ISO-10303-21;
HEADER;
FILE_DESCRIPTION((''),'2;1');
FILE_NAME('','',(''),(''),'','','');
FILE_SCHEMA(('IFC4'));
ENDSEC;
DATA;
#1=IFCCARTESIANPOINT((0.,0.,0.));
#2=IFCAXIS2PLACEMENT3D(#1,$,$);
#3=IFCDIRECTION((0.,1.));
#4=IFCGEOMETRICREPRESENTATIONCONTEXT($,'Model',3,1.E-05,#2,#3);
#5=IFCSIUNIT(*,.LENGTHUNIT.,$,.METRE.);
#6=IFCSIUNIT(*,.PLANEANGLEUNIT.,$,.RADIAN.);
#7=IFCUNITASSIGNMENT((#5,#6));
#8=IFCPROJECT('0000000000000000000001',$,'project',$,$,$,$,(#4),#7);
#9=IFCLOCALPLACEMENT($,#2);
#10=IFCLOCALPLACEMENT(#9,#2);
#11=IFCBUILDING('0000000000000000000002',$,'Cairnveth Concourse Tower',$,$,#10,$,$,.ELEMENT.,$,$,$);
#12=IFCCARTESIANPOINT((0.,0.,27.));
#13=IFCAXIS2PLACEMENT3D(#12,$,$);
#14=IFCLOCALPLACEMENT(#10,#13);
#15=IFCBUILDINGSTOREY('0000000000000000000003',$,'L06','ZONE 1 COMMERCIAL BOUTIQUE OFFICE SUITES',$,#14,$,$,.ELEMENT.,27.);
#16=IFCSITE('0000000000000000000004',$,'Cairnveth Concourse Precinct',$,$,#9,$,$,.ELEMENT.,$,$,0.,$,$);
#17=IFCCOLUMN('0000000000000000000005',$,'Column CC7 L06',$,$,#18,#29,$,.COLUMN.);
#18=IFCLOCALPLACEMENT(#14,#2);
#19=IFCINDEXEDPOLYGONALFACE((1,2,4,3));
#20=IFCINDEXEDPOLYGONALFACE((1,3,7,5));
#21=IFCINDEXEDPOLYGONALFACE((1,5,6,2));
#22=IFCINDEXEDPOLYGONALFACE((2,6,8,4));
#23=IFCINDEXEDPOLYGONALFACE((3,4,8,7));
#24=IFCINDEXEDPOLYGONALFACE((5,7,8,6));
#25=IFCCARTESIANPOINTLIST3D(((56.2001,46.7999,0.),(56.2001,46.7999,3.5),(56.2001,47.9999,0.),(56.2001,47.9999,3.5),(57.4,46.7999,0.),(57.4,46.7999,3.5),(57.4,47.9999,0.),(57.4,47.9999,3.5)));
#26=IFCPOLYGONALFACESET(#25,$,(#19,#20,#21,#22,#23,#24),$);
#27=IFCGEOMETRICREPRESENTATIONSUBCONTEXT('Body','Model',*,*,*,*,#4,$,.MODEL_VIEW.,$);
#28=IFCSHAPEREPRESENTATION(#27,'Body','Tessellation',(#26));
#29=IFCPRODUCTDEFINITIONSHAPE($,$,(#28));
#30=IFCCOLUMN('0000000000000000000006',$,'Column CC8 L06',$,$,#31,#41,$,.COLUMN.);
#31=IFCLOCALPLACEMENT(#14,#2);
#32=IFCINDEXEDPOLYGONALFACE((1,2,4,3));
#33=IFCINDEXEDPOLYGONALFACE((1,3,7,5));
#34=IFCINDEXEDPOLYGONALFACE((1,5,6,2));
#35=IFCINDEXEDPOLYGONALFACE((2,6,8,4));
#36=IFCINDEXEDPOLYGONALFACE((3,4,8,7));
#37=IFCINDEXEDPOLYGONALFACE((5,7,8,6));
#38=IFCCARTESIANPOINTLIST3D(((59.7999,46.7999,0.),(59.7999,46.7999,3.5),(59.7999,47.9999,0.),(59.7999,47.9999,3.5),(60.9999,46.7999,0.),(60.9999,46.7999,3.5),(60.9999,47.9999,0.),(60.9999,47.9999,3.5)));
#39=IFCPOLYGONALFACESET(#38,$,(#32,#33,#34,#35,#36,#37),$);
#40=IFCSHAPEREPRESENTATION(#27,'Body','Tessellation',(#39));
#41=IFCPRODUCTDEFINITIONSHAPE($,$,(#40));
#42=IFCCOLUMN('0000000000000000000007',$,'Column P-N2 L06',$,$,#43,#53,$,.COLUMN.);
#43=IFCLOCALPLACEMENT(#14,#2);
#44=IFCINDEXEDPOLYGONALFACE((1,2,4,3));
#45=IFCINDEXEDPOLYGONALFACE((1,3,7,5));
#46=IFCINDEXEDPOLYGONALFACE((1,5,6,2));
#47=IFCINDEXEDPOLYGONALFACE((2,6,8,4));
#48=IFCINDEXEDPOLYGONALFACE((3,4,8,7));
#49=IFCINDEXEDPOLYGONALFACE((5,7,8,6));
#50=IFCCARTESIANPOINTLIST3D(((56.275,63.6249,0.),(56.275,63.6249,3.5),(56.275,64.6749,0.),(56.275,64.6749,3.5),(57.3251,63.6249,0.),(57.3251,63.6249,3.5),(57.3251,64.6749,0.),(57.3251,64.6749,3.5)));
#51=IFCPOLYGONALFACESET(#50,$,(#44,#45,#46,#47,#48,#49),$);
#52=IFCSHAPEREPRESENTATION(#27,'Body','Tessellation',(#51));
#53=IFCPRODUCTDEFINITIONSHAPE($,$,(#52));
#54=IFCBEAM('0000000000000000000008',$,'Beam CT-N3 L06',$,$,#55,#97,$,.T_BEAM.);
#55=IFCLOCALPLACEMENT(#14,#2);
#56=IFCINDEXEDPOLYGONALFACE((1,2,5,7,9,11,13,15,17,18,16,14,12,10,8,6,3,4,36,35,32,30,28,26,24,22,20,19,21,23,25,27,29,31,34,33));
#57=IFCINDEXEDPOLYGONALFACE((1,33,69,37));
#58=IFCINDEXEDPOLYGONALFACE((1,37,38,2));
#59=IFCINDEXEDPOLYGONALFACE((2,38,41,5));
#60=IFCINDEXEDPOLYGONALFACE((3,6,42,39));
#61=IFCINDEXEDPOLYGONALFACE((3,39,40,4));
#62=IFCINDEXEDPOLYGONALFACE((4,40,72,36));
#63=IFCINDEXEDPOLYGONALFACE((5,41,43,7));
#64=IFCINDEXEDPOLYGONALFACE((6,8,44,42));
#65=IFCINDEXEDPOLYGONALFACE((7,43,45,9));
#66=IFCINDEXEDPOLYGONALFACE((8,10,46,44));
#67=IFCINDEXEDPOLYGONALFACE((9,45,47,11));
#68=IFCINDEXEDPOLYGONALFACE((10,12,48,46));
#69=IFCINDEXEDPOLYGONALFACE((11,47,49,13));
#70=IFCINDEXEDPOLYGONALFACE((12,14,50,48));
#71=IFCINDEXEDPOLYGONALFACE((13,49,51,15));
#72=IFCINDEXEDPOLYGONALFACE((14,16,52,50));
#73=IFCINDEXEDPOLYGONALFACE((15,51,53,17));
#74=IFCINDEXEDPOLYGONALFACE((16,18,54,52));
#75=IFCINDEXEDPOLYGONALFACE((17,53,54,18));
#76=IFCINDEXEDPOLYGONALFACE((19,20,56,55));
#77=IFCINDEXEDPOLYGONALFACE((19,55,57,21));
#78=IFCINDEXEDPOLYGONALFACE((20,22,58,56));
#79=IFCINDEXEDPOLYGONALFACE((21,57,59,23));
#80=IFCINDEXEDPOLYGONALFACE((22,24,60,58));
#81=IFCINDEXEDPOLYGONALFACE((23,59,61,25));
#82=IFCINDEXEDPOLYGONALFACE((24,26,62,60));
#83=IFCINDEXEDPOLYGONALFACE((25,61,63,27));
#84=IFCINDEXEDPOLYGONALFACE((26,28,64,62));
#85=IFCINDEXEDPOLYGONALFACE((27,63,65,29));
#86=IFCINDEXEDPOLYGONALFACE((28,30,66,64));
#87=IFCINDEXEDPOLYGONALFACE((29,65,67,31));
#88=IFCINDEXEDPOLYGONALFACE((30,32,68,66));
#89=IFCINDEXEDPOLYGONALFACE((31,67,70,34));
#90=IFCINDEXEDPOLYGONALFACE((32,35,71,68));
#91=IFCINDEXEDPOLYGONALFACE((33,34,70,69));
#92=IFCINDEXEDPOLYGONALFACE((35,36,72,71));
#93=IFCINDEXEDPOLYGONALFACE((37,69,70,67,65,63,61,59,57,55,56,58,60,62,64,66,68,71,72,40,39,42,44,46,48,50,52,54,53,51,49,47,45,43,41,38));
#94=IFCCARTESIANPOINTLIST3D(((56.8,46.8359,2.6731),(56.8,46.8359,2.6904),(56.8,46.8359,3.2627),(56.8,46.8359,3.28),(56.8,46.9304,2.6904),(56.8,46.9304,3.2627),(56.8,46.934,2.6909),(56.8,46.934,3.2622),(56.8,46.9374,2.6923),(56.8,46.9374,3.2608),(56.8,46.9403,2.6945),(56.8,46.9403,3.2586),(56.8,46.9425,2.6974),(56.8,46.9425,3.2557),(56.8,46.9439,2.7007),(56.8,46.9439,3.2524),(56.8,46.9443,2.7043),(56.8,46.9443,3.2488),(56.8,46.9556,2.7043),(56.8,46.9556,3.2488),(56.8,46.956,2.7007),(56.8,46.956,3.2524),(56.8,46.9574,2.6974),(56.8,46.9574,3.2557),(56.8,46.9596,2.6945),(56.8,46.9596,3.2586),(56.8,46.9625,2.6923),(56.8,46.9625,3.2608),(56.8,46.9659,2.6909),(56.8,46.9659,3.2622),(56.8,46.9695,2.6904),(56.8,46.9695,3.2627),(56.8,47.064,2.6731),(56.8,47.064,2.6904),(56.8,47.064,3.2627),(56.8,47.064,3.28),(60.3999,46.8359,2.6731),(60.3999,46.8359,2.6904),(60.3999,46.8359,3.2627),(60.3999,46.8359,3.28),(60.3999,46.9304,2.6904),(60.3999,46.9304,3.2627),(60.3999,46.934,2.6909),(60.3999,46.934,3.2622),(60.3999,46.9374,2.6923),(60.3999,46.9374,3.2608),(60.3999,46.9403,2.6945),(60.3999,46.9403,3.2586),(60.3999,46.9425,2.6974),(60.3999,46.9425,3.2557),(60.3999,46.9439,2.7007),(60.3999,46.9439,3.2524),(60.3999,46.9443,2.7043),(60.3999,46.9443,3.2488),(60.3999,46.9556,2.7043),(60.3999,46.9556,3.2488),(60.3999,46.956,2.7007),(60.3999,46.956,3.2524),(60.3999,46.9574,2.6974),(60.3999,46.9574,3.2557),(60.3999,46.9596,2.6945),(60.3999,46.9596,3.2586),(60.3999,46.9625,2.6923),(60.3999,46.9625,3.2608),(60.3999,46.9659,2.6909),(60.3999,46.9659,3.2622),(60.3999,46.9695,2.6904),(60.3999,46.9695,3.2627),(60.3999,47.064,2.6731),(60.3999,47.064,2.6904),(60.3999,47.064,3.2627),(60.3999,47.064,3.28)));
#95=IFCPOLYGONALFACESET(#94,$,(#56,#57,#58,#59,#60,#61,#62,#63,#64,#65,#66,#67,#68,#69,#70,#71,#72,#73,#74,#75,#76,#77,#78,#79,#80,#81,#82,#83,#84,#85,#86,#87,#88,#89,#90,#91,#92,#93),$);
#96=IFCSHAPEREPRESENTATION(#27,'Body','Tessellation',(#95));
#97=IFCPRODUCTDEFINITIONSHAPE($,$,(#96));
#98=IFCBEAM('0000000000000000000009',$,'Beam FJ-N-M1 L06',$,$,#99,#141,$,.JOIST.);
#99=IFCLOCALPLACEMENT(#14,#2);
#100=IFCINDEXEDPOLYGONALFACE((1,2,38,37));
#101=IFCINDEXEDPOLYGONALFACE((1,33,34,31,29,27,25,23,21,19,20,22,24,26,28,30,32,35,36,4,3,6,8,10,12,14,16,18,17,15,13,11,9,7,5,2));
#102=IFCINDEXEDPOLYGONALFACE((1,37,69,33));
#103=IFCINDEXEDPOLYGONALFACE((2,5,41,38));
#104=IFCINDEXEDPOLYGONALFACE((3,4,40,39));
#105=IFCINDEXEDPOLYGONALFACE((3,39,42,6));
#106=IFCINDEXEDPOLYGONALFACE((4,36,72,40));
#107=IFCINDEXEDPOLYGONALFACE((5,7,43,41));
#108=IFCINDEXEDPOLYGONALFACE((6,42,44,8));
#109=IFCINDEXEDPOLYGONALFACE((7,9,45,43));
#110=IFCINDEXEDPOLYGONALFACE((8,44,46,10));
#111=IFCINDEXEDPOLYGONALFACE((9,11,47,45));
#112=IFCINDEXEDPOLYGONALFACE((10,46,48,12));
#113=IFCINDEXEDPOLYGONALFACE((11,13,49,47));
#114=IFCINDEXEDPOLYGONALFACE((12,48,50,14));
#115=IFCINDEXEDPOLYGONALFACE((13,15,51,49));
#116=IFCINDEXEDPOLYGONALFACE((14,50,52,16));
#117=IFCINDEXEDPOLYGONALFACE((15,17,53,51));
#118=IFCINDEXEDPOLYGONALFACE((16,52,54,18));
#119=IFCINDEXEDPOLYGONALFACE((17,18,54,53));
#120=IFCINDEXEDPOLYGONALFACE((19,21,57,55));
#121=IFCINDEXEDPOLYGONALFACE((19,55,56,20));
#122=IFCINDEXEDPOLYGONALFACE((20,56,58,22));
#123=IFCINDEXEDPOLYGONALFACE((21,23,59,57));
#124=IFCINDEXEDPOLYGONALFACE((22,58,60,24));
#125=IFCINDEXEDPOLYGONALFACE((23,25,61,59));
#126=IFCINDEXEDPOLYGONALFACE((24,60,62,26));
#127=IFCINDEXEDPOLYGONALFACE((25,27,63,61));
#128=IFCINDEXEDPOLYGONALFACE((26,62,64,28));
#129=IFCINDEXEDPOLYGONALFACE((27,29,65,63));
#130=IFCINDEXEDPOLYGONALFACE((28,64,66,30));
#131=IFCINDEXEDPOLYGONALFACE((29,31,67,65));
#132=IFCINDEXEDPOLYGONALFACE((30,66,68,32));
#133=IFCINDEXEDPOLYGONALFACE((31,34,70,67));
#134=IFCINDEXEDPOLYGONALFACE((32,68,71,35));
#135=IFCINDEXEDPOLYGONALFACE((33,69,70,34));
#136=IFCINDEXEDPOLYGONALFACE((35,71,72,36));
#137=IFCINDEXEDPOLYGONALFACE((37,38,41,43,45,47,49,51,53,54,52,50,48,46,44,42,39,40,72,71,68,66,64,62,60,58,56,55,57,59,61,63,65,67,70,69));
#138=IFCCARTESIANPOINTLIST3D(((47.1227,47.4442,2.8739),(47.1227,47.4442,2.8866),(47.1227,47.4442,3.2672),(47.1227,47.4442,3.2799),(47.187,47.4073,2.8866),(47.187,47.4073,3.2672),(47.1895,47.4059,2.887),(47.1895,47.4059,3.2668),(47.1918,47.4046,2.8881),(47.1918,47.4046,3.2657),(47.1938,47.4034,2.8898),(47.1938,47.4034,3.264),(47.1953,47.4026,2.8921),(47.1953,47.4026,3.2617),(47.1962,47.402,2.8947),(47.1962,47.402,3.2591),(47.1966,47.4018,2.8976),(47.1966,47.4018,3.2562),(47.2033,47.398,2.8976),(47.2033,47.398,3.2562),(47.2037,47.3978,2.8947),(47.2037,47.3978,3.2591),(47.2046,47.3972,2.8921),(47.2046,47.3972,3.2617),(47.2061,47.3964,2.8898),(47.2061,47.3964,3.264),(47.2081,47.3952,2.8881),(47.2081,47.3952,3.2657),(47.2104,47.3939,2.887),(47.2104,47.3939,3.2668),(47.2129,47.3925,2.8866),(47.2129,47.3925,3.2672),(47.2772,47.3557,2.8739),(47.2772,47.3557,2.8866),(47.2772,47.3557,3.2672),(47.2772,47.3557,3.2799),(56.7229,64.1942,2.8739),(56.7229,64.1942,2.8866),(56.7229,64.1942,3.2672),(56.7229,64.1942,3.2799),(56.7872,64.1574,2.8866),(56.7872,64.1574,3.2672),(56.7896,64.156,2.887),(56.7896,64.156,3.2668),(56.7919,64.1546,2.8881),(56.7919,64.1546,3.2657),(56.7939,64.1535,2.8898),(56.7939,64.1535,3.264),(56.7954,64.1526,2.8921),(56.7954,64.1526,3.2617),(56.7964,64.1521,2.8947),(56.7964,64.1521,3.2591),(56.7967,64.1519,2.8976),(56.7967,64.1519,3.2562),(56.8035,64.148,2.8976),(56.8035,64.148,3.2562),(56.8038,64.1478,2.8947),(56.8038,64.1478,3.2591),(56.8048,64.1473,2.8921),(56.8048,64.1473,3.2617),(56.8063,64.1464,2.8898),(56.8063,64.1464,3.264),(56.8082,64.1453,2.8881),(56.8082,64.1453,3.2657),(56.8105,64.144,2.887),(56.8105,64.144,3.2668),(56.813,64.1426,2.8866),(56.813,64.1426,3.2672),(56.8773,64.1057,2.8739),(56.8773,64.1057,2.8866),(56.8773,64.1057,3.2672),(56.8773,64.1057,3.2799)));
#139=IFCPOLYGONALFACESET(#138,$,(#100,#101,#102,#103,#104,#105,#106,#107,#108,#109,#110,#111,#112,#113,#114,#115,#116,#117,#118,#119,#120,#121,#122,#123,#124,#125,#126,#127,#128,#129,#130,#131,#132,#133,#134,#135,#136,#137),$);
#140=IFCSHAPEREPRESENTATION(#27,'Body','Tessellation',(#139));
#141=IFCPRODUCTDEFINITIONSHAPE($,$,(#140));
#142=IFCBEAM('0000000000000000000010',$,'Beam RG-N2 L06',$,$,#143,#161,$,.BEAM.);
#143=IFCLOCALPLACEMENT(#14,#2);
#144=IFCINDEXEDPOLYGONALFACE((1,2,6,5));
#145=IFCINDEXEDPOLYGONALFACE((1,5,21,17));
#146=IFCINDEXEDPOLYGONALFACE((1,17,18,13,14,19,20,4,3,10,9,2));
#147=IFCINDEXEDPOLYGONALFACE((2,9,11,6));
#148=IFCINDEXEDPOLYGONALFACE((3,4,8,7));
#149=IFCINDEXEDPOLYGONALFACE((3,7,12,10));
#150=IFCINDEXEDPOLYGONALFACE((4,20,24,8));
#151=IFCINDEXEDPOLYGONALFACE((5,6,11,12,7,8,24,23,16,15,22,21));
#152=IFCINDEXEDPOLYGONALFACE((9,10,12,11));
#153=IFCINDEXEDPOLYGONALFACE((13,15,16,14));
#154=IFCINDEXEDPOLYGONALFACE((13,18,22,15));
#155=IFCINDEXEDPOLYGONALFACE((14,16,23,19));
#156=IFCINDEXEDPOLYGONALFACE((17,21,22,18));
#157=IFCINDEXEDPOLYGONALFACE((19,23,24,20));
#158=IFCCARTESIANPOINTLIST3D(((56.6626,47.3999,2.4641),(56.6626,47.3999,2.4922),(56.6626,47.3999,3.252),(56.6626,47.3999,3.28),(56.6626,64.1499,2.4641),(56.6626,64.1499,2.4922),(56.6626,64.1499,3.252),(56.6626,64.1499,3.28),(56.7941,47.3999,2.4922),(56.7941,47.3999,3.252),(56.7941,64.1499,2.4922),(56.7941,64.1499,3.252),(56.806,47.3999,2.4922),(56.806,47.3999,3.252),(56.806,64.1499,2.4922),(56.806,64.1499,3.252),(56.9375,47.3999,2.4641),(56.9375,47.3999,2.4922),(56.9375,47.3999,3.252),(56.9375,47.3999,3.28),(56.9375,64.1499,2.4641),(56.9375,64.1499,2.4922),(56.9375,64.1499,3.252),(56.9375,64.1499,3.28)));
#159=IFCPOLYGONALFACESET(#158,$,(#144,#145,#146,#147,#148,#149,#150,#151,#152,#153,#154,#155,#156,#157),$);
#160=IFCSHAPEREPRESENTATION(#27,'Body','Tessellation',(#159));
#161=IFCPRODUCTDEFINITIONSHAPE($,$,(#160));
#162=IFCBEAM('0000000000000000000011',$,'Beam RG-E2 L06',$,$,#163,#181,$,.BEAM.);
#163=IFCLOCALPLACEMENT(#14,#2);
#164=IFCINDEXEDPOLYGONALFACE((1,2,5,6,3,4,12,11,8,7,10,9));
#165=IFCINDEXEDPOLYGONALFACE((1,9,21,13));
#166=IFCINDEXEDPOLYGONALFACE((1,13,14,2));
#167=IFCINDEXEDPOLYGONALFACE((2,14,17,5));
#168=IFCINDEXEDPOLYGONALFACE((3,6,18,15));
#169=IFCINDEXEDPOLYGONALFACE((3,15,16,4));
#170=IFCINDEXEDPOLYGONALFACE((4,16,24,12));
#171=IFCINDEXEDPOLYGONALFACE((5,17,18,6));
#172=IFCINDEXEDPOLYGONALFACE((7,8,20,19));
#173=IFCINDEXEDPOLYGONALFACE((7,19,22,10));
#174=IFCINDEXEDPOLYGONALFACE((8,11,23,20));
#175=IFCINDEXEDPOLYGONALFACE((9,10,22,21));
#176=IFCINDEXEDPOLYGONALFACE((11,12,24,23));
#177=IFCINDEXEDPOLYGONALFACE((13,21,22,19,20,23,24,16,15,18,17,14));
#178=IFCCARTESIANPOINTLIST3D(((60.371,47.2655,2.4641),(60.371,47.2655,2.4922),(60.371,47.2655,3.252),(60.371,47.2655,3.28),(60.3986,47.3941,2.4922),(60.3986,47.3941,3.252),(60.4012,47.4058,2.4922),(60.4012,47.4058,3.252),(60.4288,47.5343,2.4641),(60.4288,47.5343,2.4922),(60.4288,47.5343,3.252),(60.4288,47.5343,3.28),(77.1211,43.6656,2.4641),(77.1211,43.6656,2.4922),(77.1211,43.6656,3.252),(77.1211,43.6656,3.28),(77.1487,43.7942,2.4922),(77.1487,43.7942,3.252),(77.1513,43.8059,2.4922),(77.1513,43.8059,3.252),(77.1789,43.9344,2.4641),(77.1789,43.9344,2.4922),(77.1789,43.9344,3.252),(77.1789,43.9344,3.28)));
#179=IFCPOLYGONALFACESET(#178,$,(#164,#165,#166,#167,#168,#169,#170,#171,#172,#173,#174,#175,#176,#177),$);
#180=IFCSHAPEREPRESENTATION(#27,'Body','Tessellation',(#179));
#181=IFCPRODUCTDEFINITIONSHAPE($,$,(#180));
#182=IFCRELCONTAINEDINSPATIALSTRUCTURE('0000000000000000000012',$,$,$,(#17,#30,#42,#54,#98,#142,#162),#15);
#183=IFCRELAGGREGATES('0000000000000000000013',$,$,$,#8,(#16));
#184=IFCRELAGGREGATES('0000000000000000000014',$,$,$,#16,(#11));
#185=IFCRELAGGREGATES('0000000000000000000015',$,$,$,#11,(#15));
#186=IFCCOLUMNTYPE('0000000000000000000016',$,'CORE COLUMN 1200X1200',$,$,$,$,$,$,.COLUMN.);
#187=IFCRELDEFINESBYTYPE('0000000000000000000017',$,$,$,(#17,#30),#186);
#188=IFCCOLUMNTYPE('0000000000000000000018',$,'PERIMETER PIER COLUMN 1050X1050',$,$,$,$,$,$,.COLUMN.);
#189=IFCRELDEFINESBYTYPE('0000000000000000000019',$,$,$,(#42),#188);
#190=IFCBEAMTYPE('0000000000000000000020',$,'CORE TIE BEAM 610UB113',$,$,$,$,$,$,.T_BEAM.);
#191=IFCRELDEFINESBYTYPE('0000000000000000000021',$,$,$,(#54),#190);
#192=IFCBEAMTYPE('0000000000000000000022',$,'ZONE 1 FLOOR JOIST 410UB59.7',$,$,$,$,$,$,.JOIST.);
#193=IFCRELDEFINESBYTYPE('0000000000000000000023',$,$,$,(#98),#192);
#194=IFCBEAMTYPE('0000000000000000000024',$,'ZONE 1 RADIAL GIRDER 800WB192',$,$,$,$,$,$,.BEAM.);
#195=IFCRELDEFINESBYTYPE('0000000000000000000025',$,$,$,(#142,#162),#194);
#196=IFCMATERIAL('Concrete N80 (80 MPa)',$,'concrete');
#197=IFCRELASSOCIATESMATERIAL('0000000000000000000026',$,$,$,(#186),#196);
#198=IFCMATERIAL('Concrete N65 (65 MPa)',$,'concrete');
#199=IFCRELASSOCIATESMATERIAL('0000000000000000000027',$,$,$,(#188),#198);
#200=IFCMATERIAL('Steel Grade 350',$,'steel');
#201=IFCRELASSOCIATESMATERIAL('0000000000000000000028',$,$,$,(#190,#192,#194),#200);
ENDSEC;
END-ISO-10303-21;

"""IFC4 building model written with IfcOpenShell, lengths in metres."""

from ifc_helpers import new_model, si_unit, direction, frame, origin, origin_2d, place, context, subcontext, project, spatial, rectangle, i_section, extrude, material, material_profile, profile_set, type_object, element, save


model = new_model("IFC4")

# Units and contexts
model_context = context("Model", 3, precision=1e-05, world=origin(), true_north=direction((0.0, 1.0)))
body_context = subcontext(model_context, "Body", "Model", "MODEL_VIEW")
ifc_project = project(units=[si_unit("LENGTHUNIT", "METRE"), si_unit("PLANEANGLEUNIT", "RADIAN")], contexts=[model_context])

# Site, building, storey
site_placement = place(None, origin())
site = spatial("IfcSite", under=ifc_project, at=site_placement, Name="Cairnveth Concourse Precinct", CompositionType="ELEMENT", RefElevation=0.0)
building_placement = place(site_placement, origin())
building = spatial("IfcBuilding", under=site, at=building_placement, Name="Cairnveth Concourse Tower", CompositionType="ELEMENT")
storey_placement = place(building_placement, frame((0.0, 0.0, 27.0)))
storey = spatial("IfcBuildingStorey", under=building, at=storey_placement, Name="L06", Description="ZONE 1 COMMERCIAL BOUTIQUE OFFICE SUITES", CompositionType="ELEMENT", Elevation=27.0)

# Columns
ifc_material_1 = material(Name="Concrete N80 (80 MPa)", Category="concrete")
ifc_material_profile_1 = material_profile(ifc_material_1, rectangle(XDim=1.2, YDim=1.2, at=origin_2d()), Name="RC-COL-1200x1200")
ifc_profile_set_1 = profile_set([ifc_material_profile_1], Name="Concrete N80 (80 MPa)")
column_type_1 = type_object("IfcColumnType", Name="CORE COLUMN 1200X1200", PredefinedType="COLUMN", material=ifc_profile_set_1)
for number, where, z_axis, x_axis, name in (
    (1, (56.8, 47.3999, 0.0), (0.0, 0.0, 1.0), (1.0, 0.0, 0.0), "Column CC7 L06"),
    (2, (60.3999, 47.3999, 0.0), (0.0, 0.0, 1.0), (1.0, 0.0, 0.0), "Column CC8 L06"),
):
    element("IfcColumn", number, at=place(storey_placement, frame(where, z_axis=z_axis, x_axis=x_axis)), inside=storey, type_object=column_type_1, Name=name, PredefinedType="COLUMN", context=body_context, shape_type="SweptSolid", body=[
        extrude(rectangle(XDim=1.2, YDim=1.2, at=origin_2d()), origin(), (0.0, 0.0, 1.0), 3.5),
    ])
ifc_material_2 = material(Name="Concrete N65 (65 MPa)", Category="concrete")
ifc_material_profile_2 = material_profile(ifc_material_2, rectangle(XDim=1.05, YDim=1.05, at=origin_2d()), Name="RC-COL-1050x1050")
ifc_profile_set_2 = profile_set([ifc_material_profile_2], Name="Concrete N65 (65 MPa)")
column_type_2 = type_object("IfcColumnType", Name="PERIMETER PIER COLUMN 1050X1050", PredefinedType="COLUMN", material=ifc_profile_set_2)
column_placement = place(storey_placement, frame((56.8, 64.1499, 0.0), z_axis=(0.0, 0.0, 1.0), x_axis=(1.0, 0.0, 0.0)))
element("IfcColumn", 3, at=column_placement, inside=storey, type_object=column_type_2, Name="Column P-N2 L06", PredefinedType="COLUMN", context=body_context, shape_type="SweptSolid", body=[
    extrude(rectangle(XDim=1.05, YDim=1.05, at=origin_2d()), origin(), (0.0, 0.0, 1.0), 3.5),
])

# Beams
ifc_material_3 = material(Name="Steel Grade 350", Category="steel")
ifc_material_profile_3 = material_profile(ifc_material_3, i_section(OverallWidth=0.228, OverallDepth=0.6069, WebThickness=0.0112, FlangeThickness=0.0173, FilletRadius=0.0139, at=origin_2d()), Name="610UB113")
ifc_profile_set_3 = profile_set([ifc_material_profile_3], Name="Steel Grade 350")
beam_type_1 = type_object("IfcBeamType", Name="CORE TIE BEAM 610UB113", PredefinedType="T_BEAM", material=ifc_profile_set_3)
beam_1_placement = place(storey_placement, frame((56.8, 46.95, 2.9766), z_axis=(1.0, 0.0, 0.0), x_axis=(0.0, 1.0, 0.0)))
element("IfcBeam", 4, at=beam_1_placement, inside=storey, type_object=beam_type_1, Name="Beam CT-N3 L06", PredefinedType="T_BEAM", context=body_context, shape_type="SweptSolid", body=[
    extrude(i_section(OverallWidth=0.228, OverallDepth=0.6069, WebThickness=0.0112, FlangeThickness=0.0173, FilletRadius=0.0139, at=origin_2d()), origin(), (0.0, 0.0, 1.0), 3.5999),
])
ifc_material_profile_4 = material_profile(ifc_material_3, i_section(OverallWidth=0.178, OverallDepth=0.406, WebThickness=0.0078, FlangeThickness=0.0127, FilletRadius=0.011, at=origin_2d()), Name="410UB59.7")
ifc_profile_set_4 = profile_set([ifc_material_profile_4], Name="Steel Grade 350")
beam_type_2 = type_object("IfcBeamType", Name="ZONE 1 FLOOR JOIST 410UB59.7", PredefinedType="JOIST", material=ifc_profile_set_4)
beam_2_placement = place(storey_placement, frame((47.2, 47.3999, 3.0769), z_axis=(0.497258, 0.867603, 0.0), x_axis=(-0.867603, 0.497258, 0.0)))
element("IfcBeam", 5, at=beam_2_placement, inside=storey, type_object=beam_type_2, Name="Beam FJ-N-M1 L06", PredefinedType="JOIST", context=body_context, shape_type="SweptSolid", body=[
    extrude(i_section(OverallWidth=0.178, OverallDepth=0.406, WebThickness=0.0078, FlangeThickness=0.0127, FilletRadius=0.011, at=origin_2d()), origin(), (0.0, 0.0, 1.0), 19.3062),
])
ifc_material_profile_5 = material_profile(ifc_material_3, i_section(OverallWidth=0.2749, OverallDepth=0.8159, WebThickness=0.012, FlangeThickness=0.0281, at=origin_2d()), Name="800WB192")
ifc_profile_set_5 = profile_set([ifc_material_profile_5], Name="Steel Grade 350")
beam_type_3 = type_object("IfcBeamType", Name="ZONE 1 RADIAL GIRDER 800WB192", PredefinedType="BEAM", material=ifc_profile_set_5)
beam_3_placement = place(storey_placement, frame((56.8, 47.3999, 2.8721), z_axis=(0.0, 1.0, 0.0), x_axis=(-1.0, 0.0, 0.0)))
element("IfcBeam", 6, at=beam_3_placement, inside=storey, type_object=beam_type_3, Name="Beam RG-N2 L06", PredefinedType="BEAM", context=body_context, shape_type="SweptSolid", body=[
    extrude(i_section(OverallWidth=0.2749, OverallDepth=0.8159, WebThickness=0.012, FlangeThickness=0.0281, at=origin_2d()), origin(), (0.0, 0.0, 1.0), 16.75),
])
beam_4_placement = place(storey_placement, frame((60.3999, 47.3999, 2.8721), z_axis=(0.977676, -0.210119, 0.0), x_axis=(0.210119, 0.977676, 0.0)))
element("IfcBeam", 7, at=beam_4_placement, inside=storey, type_object=beam_type_3, Name="Beam RG-E2 L06", PredefinedType="BEAM", context=body_context, shape_type="SweptSolid", body=[
    extrude(i_section(OverallWidth=0.2749, OverallDepth=0.8159, WebThickness=0.012, FlangeThickness=0.0281, at=origin_2d()), origin(), (0.0, 0.0, 1.0), 17.1326),
])

save(model, "model.ifc")
